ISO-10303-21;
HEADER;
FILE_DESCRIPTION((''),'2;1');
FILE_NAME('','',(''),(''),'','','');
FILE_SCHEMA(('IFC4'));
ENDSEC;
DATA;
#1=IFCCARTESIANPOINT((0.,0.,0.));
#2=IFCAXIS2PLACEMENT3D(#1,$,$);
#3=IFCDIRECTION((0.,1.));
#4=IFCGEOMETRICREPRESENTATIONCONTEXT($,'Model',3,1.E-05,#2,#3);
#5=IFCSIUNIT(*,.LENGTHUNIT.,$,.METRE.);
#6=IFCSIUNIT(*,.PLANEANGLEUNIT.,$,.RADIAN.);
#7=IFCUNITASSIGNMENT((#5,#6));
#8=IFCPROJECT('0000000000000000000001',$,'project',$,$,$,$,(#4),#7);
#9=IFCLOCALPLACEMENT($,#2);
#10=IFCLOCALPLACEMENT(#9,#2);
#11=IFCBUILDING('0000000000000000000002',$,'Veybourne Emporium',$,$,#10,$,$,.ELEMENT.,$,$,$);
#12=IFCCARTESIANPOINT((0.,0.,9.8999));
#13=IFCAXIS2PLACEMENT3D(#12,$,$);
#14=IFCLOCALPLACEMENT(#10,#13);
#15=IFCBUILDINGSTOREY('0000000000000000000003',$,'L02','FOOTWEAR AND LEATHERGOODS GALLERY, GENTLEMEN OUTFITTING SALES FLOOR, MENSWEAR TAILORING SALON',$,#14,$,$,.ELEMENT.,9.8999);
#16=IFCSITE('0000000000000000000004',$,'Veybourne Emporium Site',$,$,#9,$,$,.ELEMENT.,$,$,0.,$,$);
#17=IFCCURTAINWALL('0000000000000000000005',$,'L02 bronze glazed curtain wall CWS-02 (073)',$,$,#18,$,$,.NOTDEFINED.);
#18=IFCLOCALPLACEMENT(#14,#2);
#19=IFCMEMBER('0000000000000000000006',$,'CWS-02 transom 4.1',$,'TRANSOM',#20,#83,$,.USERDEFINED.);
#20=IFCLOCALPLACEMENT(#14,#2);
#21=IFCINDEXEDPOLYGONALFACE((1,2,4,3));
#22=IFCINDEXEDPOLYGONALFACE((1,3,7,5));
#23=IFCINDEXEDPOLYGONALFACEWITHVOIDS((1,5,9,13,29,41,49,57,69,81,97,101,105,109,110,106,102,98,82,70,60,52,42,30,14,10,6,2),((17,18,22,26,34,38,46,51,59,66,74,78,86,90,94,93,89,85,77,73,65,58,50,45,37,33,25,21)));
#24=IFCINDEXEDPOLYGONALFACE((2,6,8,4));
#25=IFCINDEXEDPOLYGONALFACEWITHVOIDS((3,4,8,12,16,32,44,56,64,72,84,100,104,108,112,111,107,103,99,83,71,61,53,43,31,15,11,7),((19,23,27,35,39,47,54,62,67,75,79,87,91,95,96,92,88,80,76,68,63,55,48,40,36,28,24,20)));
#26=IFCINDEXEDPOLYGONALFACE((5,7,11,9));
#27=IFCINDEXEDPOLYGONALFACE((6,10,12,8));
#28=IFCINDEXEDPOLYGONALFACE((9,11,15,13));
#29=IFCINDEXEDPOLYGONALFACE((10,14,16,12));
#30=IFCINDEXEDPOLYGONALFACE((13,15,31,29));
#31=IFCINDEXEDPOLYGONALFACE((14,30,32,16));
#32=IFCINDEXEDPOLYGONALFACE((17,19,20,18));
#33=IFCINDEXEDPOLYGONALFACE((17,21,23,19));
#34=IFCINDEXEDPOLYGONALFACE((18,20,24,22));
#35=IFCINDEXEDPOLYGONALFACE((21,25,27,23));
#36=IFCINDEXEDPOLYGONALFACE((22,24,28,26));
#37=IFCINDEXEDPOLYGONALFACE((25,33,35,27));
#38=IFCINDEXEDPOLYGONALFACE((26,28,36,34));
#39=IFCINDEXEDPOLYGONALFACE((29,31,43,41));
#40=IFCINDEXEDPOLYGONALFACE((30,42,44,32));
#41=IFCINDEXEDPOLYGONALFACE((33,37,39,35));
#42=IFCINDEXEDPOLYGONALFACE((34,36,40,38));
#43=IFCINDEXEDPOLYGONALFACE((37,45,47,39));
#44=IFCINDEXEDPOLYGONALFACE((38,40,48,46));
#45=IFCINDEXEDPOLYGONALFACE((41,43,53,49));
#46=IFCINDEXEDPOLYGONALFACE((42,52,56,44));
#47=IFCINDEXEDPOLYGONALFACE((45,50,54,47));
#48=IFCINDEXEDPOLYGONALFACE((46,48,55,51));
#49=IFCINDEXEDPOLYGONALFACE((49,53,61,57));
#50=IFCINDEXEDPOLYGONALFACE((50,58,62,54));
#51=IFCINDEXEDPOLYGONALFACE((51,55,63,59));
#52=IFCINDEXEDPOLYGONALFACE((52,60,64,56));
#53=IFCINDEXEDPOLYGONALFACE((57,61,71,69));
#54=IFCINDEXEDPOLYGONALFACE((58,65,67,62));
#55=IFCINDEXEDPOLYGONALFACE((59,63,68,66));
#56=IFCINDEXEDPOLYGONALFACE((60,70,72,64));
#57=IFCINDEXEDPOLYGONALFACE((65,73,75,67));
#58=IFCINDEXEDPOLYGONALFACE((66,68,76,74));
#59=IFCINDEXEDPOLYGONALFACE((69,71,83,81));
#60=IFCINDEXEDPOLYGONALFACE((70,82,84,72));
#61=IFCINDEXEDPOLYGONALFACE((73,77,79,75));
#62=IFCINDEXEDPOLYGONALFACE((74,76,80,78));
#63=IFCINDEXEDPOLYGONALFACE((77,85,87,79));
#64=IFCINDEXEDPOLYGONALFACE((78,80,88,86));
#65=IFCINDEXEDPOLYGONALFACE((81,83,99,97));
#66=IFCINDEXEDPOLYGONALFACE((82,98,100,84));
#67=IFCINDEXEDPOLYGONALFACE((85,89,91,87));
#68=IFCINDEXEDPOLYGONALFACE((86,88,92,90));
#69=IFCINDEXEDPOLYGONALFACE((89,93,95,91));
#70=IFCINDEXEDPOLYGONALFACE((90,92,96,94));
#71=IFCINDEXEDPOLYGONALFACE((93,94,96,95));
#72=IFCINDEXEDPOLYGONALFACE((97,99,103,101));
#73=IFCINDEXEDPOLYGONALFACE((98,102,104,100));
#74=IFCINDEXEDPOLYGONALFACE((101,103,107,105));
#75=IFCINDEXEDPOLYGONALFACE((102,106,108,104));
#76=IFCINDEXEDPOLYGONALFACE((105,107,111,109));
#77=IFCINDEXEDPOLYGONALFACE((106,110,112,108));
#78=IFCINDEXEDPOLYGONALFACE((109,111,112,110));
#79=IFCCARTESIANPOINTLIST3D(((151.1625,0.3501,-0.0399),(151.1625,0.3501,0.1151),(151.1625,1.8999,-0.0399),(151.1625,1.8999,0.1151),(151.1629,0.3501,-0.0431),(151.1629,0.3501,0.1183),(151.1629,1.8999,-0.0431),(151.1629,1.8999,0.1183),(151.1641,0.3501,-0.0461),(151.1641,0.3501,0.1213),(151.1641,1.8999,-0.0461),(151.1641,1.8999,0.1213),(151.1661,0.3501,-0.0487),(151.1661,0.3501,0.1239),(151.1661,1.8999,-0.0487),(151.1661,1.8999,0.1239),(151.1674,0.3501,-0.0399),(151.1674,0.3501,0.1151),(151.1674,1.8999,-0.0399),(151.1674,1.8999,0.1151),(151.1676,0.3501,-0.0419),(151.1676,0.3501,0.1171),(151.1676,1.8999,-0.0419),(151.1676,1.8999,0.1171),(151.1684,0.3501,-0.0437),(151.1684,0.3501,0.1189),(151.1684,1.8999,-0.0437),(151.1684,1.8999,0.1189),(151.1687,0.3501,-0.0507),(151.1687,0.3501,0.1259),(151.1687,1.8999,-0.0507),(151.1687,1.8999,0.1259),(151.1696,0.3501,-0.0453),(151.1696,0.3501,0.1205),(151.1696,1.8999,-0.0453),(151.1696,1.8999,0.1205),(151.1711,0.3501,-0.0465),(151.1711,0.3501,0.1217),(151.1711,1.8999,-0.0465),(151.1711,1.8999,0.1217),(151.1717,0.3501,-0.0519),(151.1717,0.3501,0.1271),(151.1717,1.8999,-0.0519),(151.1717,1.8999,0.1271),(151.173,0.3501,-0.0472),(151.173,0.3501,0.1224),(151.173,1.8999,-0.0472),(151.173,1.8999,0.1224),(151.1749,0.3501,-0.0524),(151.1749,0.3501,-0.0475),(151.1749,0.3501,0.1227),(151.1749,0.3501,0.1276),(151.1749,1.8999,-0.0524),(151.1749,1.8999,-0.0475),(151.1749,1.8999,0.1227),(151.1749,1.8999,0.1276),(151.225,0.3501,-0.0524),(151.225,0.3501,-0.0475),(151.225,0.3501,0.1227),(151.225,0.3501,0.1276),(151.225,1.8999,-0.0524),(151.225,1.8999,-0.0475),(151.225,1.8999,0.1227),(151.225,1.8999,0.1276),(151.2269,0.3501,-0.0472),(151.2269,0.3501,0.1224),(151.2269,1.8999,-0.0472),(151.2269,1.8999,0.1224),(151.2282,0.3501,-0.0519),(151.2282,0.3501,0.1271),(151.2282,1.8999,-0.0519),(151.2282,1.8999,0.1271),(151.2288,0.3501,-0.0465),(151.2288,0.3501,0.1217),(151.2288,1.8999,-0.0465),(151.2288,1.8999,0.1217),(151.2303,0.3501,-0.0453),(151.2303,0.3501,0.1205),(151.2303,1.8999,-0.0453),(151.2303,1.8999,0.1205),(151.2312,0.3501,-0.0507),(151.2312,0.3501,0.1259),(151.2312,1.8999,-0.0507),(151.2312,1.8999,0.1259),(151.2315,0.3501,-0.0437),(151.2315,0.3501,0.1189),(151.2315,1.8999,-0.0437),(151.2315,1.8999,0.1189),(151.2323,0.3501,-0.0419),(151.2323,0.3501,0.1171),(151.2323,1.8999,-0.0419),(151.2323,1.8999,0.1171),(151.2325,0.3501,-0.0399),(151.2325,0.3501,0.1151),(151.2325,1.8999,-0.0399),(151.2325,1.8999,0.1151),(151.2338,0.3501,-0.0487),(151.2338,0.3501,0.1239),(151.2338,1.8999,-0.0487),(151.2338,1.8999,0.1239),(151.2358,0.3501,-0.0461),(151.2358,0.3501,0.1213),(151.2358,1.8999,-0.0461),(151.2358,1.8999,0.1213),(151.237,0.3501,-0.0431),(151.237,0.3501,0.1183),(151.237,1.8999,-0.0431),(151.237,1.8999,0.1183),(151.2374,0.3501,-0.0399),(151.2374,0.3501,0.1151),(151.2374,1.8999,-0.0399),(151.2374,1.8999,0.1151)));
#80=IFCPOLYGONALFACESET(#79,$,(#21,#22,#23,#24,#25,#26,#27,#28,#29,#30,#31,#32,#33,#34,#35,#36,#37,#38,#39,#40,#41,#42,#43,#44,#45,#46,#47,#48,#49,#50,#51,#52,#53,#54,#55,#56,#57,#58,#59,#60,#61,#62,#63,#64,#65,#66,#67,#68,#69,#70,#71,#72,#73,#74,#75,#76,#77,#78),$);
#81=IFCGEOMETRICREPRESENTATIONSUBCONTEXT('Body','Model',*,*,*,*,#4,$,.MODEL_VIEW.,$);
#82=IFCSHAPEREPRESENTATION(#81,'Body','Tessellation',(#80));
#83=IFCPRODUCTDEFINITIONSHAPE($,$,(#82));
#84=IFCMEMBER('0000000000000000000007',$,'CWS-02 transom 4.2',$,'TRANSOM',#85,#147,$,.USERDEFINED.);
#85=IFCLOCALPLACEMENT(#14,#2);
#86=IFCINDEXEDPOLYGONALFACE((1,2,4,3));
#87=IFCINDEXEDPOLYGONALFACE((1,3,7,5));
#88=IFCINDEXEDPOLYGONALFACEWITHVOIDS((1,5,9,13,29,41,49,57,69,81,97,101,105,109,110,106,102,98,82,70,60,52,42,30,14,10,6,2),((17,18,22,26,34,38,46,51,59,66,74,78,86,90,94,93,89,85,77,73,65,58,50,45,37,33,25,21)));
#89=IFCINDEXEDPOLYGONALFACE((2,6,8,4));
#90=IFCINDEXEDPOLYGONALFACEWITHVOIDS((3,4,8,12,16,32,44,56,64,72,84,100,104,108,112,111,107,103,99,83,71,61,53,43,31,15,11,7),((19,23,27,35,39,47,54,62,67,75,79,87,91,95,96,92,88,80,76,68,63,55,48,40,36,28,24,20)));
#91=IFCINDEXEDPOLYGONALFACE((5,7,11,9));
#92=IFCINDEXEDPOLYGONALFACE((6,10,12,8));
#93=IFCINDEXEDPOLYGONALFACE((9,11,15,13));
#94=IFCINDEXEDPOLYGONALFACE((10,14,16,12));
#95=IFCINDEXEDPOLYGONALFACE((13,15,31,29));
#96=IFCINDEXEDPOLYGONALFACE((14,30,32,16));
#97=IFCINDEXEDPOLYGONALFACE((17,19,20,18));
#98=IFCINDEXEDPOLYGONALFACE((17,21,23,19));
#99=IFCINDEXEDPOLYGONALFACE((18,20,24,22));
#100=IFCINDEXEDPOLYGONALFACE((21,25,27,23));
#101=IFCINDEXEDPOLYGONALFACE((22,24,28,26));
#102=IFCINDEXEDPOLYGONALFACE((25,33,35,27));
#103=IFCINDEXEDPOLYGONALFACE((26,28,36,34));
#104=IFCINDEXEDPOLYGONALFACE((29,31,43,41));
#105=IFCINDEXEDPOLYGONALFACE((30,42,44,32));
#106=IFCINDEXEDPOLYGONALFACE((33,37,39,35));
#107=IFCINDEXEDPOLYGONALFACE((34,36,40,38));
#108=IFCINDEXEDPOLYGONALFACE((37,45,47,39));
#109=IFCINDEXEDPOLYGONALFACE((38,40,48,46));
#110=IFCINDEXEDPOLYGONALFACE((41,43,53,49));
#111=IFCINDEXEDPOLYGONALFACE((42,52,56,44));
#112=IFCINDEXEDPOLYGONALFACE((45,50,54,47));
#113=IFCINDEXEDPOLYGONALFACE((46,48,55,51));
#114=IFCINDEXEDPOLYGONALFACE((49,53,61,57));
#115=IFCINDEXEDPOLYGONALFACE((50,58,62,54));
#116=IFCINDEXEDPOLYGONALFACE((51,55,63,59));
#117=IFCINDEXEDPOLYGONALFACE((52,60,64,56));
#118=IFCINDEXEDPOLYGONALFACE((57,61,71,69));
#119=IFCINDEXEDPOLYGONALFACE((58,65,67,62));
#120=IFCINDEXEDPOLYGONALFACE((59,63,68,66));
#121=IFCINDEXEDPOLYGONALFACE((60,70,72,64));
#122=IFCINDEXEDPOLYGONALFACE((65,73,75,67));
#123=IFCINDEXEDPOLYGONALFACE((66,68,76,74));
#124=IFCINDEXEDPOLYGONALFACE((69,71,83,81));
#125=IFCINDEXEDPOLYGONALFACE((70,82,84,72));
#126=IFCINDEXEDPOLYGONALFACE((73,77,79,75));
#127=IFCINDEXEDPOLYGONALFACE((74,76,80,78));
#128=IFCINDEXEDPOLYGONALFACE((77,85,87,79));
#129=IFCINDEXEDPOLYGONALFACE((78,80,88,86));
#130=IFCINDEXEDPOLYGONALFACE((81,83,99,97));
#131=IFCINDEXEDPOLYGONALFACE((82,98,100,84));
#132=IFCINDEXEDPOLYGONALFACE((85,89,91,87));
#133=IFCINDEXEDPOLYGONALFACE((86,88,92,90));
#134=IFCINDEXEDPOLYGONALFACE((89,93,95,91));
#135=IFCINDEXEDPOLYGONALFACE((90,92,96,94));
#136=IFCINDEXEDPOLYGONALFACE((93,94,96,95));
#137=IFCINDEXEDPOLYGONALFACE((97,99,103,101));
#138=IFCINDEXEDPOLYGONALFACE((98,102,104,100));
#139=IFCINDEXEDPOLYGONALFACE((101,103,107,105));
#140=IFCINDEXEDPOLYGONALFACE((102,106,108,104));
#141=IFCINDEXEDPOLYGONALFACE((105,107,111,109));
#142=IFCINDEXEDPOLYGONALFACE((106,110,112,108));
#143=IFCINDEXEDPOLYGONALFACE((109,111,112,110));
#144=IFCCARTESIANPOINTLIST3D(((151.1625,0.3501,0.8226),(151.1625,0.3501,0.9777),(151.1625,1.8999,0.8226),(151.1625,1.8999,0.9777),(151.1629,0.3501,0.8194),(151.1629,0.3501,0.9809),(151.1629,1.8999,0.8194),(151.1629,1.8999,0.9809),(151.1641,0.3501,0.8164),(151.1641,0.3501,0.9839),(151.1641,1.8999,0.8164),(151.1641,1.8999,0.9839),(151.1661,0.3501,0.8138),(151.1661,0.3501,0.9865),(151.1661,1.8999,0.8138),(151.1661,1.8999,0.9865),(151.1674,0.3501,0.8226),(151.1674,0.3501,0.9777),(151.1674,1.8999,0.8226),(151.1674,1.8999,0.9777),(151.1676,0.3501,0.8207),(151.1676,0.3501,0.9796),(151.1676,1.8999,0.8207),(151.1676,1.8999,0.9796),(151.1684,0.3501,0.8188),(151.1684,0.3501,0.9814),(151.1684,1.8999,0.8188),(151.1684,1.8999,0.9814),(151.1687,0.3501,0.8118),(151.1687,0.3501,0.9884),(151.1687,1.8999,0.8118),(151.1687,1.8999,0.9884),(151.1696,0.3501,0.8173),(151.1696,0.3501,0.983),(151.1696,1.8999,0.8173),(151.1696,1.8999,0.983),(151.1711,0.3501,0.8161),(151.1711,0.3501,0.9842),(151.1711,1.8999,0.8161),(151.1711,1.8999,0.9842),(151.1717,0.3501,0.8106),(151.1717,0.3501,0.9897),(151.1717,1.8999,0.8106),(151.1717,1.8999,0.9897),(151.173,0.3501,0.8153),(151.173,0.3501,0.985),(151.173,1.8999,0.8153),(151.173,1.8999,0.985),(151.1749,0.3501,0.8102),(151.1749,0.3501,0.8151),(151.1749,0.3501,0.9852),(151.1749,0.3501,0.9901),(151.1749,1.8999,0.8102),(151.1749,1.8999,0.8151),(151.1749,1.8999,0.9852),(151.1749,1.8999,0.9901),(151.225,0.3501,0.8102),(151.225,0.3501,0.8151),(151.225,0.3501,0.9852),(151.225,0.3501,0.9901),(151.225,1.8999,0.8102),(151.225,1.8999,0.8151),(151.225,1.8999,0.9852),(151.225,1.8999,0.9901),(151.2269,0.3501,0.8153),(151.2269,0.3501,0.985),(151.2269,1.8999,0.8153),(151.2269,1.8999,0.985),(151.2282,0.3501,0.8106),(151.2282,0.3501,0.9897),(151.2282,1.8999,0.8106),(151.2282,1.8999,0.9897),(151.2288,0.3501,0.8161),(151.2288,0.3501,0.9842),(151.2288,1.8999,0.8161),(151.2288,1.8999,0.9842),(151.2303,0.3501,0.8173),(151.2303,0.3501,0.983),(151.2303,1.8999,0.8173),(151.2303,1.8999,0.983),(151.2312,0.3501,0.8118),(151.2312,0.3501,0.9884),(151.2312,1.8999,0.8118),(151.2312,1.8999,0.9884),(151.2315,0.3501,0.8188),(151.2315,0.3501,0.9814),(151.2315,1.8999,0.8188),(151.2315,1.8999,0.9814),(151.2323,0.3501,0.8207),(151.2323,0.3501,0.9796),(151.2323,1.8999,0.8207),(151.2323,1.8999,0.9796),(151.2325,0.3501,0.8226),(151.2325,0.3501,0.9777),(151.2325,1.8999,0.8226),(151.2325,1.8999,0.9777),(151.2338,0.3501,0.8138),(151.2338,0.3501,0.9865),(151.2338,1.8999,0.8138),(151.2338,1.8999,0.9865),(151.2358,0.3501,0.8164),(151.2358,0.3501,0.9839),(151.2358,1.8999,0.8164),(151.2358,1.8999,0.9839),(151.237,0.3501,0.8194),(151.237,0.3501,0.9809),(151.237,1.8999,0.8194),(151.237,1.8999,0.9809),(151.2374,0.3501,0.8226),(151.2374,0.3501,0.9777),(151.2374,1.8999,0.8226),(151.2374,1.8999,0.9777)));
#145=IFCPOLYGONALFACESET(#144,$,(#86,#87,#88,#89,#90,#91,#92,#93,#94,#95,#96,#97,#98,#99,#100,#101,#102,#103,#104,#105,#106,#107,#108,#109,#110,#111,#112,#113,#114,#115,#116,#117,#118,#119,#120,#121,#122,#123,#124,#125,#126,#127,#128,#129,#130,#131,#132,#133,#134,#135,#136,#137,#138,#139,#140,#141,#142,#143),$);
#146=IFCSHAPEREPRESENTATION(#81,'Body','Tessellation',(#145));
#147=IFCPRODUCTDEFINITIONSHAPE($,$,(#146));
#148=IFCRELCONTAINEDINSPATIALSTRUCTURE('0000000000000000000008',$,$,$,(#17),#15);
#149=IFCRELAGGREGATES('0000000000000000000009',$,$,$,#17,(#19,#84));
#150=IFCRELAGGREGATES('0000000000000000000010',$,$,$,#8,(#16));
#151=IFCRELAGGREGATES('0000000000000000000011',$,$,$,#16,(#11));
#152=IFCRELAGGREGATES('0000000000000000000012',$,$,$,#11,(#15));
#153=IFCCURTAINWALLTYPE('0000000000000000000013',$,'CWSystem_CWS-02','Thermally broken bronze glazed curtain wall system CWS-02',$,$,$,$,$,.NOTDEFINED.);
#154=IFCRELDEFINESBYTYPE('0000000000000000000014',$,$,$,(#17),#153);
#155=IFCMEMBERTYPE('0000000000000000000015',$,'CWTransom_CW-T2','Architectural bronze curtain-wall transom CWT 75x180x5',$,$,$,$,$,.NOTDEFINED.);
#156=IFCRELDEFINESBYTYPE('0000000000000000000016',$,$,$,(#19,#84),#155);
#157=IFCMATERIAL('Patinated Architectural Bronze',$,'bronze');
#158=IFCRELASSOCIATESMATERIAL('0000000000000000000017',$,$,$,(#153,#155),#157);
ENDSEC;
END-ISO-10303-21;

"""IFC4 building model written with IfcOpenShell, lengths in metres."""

from ifc_helpers import new_model, si_unit, direction, frame, origin, origin_2d, place, context, subcontext, project, spatial, hollow_rectangle, extrude, material, material_profile, profile_set, type_object, element, aggregate, save


model = new_model("IFC4")

# Units and contexts
model_context = context("Model", 3, precision=1e-05, world=origin(), true_north=direction((0.0, 1.0)))
body_context = subcontext(model_context, "Body", "Model", "MODEL_VIEW")
ifc_project = project(units=[si_unit("LENGTHUNIT", "METRE"), si_unit("PLANEANGLEUNIT", "RADIAN")], contexts=[model_context])

# Site, building, storey
site_placement = place(None, origin())
site = spatial("IfcSite", under=ifc_project, at=site_placement, Name="Veybourne Emporium Site", CompositionType="ELEMENT", RefElevation=0.0)
building_placement = place(site_placement, origin())
building = spatial("IfcBuilding", under=site, at=building_placement, Name="Veybourne Emporium", CompositionType="ELEMENT")
storey_placement = place(building_placement, frame((0.0, 0.0, 9.8999)))
storey = spatial("IfcBuildingStorey", under=building, at=storey_placement, Name="L02", Description="FOOTWEAR AND LEATHERGOODS GALLERY, GENTLEMEN OUTFITTING SALES FLOOR, MENSWEAR TAILORING SALON", CompositionType="ELEMENT", Elevation=9.8999)

# Curtain wall
ifc_material_1 = material(Name="Patinated Architectural Bronze", Category="bronze")
curtain_wall_type_1 = type_object("IfcCurtainWallType", Name="CWSystem_CWS-02", Description="Thermally broken bronze glazed curtain wall system CWS-02", PredefinedType="NOTDEFINED", material=ifc_material_1)
curtain_wall_1_placement = place(storey_placement, origin())
curtain_wall_1 = element("IfcCurtainWall", 1, at=curtain_wall_1_placement, inside=storey, type_object=curtain_wall_type_1, Name="L02 bronze glazed curtain wall CWS-02 (073)", PredefinedType="NOTDEFINED")

# Members
ifc_material_profile_1 = material_profile(ifc_material_1, hollow_rectangle(XDim=0.075, YDim=0.1799, WallThickness=0.0049, InnerFilletRadius=0.0076, OuterFilletRadius=0.0125, at=origin_2d()), Name="CWT 75x180x5")
ifc_profile_set_1 = profile_set([ifc_material_profile_1], Name="Patinated Architectural Bronze")
member_type_1 = type_object("IfcMemberType", Name="CWTransom_CW-T2", Description="Architectural bronze curtain-wall transom CWT 75x180x5", PredefinedType="NOTDEFINED", material=ifc_profile_set_1)
member_1_placement = place(storey_placement, frame((151.2, 1.8999, 0.0376), z_axis=(0.0, -1.0, 0.0), x_axis=(1.0, 0.0, 0.0)))
member_1 = element("IfcMember", 2, at=member_1_placement, type_object=member_type_1, Name="CWS-02 transom 4.1", ObjectType="TRANSOM", PredefinedType="USERDEFINED", context=body_context, shape_type="SweptSolid", body=[
    extrude(hollow_rectangle(XDim=0.075, YDim=0.1799, WallThickness=0.0049, InnerFilletRadius=0.0076, OuterFilletRadius=0.0125, at=origin_2d()), origin(), (0.0, 0.0, 1.0), 1.5498),
])
member_2_placement = place(storey_placement, frame((151.2, 1.8999, 0.9001), z_axis=(0.0, -1.0, 0.0), x_axis=(1.0, 0.0, 0.0)))
member_2 = element("IfcMember", 3, at=member_2_placement, type_object=member_type_1, Name="CWS-02 transom 4.2", ObjectType="TRANSOM", PredefinedType="USERDEFINED", context=body_context, shape_type="SweptSolid", body=[
    extrude(hollow_rectangle(XDim=0.075, YDim=0.1799, WallThickness=0.0049, InnerFilletRadius=0.0076, OuterFilletRadius=0.0125, at=origin_2d()), origin(), (0.0, 0.0, 1.0), 1.5498),
])

aggregate(curtain_wall_1, [member_1, member_2])

save(model, "model.ifc")
